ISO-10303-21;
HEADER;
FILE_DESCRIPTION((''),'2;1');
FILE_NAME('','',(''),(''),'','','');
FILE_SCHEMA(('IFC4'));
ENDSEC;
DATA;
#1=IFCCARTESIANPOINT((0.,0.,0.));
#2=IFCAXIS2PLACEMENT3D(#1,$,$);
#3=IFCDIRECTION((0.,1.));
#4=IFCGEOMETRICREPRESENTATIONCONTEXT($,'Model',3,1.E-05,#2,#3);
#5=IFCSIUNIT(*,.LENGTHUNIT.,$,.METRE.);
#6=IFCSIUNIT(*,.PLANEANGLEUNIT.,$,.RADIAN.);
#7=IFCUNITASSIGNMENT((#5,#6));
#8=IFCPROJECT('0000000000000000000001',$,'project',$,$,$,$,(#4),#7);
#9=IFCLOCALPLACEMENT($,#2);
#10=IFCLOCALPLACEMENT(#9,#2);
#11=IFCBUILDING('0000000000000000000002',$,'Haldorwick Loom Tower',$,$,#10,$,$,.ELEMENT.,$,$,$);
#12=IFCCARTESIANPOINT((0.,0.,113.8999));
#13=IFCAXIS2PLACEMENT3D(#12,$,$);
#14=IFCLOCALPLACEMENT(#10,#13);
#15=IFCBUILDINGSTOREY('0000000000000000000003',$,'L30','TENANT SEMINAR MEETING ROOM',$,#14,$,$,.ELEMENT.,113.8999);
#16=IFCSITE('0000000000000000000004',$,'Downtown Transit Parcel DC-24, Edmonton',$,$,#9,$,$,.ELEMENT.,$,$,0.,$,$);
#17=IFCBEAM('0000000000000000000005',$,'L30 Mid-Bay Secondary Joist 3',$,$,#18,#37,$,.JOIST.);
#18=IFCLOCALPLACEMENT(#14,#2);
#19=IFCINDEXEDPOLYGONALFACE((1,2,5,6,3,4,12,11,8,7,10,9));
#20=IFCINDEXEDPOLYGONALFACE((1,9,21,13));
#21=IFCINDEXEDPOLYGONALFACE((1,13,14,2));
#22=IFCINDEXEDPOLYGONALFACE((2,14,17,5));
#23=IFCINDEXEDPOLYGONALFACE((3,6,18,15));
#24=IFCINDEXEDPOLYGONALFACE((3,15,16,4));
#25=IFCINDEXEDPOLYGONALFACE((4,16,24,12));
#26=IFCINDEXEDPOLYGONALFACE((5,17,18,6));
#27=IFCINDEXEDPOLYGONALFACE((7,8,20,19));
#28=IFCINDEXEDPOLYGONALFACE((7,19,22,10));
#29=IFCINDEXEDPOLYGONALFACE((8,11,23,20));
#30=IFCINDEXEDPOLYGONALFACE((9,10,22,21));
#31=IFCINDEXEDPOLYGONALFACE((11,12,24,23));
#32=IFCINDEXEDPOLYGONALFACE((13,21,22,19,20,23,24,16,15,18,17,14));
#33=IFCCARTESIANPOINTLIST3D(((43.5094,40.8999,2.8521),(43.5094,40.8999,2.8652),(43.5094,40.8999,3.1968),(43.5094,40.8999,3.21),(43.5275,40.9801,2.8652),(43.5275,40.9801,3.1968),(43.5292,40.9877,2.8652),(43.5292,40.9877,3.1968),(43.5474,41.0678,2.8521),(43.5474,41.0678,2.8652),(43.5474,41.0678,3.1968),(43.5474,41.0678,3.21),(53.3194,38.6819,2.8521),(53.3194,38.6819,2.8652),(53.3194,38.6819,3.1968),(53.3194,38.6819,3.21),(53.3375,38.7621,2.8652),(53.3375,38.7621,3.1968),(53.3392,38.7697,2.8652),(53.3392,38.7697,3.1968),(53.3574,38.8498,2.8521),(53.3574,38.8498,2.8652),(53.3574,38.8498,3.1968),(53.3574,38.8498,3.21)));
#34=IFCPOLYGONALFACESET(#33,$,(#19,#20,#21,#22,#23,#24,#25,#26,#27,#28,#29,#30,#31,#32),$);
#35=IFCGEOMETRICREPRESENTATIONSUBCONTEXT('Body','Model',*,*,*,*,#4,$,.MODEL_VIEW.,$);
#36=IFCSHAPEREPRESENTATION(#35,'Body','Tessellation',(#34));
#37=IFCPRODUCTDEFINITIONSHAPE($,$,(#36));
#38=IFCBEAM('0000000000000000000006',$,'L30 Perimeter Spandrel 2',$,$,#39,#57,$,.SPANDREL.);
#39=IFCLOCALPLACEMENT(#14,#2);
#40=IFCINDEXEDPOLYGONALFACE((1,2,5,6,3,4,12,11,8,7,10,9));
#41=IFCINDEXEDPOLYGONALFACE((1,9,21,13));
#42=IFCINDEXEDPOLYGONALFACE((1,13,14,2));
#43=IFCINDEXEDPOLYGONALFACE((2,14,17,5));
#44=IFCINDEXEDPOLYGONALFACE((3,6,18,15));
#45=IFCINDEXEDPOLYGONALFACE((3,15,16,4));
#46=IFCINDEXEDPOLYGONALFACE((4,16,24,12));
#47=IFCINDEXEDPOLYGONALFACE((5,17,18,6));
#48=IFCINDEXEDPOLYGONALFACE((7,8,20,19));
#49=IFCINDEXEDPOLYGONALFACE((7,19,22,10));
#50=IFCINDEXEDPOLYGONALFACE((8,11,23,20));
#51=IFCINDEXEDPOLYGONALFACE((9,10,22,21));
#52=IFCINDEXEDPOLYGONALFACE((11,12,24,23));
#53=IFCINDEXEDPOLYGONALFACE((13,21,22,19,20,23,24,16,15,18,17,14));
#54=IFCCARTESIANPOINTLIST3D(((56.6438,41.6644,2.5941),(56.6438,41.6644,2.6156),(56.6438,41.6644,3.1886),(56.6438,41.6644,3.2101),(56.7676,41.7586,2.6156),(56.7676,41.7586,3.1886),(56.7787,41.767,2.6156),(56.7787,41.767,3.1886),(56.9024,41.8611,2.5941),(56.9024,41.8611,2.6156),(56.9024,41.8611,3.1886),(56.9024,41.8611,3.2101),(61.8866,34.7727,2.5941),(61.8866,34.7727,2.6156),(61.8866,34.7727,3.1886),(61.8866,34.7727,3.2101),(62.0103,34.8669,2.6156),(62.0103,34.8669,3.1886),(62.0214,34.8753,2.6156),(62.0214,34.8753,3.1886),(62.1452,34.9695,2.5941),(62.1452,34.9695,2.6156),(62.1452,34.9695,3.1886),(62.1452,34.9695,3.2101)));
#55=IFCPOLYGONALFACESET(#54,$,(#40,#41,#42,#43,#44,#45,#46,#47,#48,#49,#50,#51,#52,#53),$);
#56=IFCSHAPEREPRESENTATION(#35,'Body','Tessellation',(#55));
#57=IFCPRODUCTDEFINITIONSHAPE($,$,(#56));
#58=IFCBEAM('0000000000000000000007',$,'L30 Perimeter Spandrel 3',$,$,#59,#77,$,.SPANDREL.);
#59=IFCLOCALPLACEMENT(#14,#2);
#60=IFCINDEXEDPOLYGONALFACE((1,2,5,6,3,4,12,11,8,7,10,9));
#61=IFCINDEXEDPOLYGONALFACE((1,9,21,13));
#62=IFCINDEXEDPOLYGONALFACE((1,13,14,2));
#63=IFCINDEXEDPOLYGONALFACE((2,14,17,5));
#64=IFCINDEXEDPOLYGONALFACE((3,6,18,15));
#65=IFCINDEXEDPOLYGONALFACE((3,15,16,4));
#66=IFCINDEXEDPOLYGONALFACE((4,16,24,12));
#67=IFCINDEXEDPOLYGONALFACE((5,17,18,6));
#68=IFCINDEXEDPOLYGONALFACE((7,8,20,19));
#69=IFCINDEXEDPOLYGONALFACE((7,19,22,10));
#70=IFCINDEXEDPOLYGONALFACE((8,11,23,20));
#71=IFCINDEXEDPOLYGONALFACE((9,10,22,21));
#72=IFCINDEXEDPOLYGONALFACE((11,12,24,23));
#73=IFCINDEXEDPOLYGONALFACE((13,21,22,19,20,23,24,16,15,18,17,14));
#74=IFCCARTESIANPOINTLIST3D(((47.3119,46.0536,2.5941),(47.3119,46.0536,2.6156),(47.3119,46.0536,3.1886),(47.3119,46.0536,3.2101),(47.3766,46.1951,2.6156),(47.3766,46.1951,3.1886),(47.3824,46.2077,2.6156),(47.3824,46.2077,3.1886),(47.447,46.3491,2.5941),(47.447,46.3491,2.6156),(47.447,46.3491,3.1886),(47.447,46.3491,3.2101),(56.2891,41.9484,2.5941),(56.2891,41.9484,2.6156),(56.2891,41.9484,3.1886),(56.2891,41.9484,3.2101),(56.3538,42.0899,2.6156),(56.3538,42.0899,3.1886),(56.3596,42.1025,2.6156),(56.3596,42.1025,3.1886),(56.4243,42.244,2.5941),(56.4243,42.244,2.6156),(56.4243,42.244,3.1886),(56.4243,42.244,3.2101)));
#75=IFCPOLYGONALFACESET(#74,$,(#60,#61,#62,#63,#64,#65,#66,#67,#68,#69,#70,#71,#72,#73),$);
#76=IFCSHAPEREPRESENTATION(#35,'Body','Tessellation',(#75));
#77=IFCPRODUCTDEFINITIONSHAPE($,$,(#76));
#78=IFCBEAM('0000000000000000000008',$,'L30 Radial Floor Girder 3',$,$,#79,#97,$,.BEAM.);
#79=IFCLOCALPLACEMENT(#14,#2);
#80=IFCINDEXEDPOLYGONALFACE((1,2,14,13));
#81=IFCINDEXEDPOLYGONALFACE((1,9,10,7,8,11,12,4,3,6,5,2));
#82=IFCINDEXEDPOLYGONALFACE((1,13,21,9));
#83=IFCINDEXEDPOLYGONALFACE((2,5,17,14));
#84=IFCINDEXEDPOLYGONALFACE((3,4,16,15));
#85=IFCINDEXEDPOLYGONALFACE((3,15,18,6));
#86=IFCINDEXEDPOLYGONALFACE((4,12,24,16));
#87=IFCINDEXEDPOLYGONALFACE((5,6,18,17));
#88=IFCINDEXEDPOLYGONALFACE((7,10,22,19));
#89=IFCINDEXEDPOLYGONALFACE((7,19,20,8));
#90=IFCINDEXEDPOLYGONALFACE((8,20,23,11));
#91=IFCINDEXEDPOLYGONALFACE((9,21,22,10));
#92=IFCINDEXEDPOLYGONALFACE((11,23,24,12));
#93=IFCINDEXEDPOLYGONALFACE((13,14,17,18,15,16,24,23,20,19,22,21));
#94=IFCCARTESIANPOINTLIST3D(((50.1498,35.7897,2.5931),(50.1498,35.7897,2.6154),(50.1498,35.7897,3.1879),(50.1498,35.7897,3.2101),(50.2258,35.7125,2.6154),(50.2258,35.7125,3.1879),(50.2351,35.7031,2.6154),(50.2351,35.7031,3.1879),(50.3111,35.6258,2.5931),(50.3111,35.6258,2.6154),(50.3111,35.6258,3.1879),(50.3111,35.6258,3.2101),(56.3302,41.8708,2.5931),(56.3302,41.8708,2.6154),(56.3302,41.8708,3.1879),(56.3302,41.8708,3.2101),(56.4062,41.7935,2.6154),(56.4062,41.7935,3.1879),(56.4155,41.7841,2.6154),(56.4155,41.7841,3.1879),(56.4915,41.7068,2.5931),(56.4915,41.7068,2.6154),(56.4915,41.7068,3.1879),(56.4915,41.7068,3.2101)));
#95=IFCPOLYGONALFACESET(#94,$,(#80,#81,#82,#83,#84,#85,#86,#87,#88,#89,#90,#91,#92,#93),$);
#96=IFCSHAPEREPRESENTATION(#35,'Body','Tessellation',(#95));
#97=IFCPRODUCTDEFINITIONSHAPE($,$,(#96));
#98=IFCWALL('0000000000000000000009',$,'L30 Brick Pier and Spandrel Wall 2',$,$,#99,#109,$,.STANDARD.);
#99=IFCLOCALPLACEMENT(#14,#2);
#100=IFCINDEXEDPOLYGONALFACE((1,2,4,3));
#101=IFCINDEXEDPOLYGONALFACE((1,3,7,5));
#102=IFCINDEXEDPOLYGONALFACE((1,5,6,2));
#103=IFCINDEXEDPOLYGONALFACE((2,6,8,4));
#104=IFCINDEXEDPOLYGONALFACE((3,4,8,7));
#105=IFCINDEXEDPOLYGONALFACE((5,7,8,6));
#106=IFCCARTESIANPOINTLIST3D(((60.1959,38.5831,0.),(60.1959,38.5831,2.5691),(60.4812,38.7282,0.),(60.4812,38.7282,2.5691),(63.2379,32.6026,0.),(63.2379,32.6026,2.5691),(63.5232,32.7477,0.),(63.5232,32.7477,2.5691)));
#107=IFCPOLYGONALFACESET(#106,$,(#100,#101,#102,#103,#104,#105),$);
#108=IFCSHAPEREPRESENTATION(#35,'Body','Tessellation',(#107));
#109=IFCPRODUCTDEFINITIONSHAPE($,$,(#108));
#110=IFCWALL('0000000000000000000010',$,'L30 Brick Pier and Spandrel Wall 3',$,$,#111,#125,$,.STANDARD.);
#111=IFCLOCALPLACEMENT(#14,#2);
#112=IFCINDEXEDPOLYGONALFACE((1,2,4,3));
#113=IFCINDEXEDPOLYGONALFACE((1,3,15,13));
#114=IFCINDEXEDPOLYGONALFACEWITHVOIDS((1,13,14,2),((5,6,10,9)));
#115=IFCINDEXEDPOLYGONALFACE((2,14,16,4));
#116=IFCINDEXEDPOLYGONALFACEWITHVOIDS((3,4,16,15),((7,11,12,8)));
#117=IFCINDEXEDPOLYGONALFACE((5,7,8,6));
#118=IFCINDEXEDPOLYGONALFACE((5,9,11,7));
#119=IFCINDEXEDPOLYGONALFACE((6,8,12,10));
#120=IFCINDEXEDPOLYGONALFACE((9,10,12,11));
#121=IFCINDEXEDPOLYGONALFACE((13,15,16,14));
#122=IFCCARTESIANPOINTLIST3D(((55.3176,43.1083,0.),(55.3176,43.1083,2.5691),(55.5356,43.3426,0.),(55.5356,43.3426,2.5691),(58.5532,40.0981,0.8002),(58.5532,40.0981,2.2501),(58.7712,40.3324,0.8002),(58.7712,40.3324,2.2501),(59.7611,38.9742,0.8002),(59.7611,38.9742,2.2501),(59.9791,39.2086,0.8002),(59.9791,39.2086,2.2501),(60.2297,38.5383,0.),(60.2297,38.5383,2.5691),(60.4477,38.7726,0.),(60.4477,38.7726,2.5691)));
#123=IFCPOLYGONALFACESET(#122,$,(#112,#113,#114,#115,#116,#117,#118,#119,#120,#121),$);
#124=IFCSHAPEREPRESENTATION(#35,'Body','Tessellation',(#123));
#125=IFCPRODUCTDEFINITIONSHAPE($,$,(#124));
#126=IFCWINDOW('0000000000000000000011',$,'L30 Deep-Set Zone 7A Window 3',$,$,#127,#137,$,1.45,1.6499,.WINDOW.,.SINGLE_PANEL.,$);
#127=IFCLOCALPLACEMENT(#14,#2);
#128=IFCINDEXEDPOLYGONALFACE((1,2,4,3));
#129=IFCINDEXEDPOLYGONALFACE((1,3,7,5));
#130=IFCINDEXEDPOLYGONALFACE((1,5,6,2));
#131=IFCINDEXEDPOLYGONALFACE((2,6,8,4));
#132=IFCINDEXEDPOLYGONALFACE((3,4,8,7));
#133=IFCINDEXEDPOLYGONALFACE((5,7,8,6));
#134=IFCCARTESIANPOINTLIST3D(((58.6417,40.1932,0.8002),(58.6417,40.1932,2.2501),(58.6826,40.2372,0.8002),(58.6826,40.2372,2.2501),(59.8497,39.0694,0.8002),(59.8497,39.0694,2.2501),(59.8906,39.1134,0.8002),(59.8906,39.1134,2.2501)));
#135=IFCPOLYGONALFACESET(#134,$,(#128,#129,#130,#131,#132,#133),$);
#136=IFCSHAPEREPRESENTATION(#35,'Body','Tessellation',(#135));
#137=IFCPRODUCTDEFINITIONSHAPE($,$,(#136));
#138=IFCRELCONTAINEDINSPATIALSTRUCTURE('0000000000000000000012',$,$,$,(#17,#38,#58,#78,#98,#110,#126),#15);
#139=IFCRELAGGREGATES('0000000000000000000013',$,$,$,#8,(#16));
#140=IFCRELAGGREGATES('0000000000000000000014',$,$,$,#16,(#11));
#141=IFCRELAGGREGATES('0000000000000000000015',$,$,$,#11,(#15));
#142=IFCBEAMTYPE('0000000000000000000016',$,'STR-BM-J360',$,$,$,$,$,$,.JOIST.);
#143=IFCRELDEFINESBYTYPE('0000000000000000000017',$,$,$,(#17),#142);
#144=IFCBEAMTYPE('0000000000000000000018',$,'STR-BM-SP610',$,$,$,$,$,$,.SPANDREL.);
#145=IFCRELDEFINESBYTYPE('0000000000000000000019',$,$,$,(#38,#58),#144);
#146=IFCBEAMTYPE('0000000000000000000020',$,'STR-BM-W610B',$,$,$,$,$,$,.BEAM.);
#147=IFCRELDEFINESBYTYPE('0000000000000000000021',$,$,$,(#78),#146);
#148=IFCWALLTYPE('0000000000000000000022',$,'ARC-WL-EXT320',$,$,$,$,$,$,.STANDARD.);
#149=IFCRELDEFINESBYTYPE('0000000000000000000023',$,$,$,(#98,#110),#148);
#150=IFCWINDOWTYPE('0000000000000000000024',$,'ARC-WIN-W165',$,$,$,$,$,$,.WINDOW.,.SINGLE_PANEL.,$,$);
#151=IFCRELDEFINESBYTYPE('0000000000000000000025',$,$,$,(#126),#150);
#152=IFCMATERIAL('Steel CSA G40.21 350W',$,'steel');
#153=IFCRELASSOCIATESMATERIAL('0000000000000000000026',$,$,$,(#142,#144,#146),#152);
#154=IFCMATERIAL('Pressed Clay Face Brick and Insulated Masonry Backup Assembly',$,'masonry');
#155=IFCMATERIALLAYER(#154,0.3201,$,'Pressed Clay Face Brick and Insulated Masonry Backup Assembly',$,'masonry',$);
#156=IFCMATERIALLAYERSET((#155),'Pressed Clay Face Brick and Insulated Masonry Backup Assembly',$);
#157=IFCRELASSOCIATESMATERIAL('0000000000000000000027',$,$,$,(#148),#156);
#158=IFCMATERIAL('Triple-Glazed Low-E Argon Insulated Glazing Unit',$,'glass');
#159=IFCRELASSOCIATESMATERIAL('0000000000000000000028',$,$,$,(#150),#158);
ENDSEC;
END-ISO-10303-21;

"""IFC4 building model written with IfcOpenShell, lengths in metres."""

from ifc_helpers import new_model, si_unit, direction, frame, frame_2d, origin, origin_2d, place, context, subcontext, project, spatial, rectangle, i_section, extrude, material, layer, layer_set, material_profile, profile_set, type_object, element, fill, save


model = new_model("IFC4")

# Units and contexts
model_context = context("Model", 3, precision=1e-05, world=origin(), true_north=direction((0.0, 1.0)))
body_context = subcontext(model_context, "Body", "Model", "MODEL_VIEW")
ifc_project = project(units=[si_unit("LENGTHUNIT", "METRE"), si_unit("PLANEANGLEUNIT", "RADIAN")], contexts=[model_context])

# Site, building, storey
site_placement = place(None, origin())
site = spatial("IfcSite", under=ifc_project, at=site_placement, Name="Downtown Transit Parcel DC-24, Edmonton", CompositionType="ELEMENT", RefElevation=0.0)
building_placement = place(site_placement, origin())
building = spatial("IfcBuilding", under=site, at=building_placement, Name="Haldorwick Loom Tower", CompositionType="ELEMENT")
storey_placement = place(building_placement, frame((0.0, 0.0, 113.8999)))
storey = spatial("IfcBuildingStorey", under=building, at=storey_placement, Name="L30", Description="TENANT SEMINAR MEETING ROOM", CompositionType="ELEMENT", Elevation=113.8999)

# Beams
ifc_material_1 = material(Name="Steel CSA G40.21 350W", Category="steel")
ifc_material_profile_1 = material_profile(ifc_material_1, i_section(OverallWidth=0.1721, OverallDepth=0.3579, WebThickness=0.0078, FlangeThickness=0.0132, at=origin_2d()), Name="W360X57", Category="steel")
ifc_profile_set_1 = profile_set([ifc_material_profile_1], Name="Steel CSA G40.21 350W")
beam_type_1 = type_object("IfcBeamType", Name="STR-BM-J360", PredefinedType="JOIST", material=ifc_profile_set_1)
beam_1_placement = place(storey_placement, frame((53.3384, 38.7659, 3.031), z_axis=(-0.97538, 0.22053, 0.0), x_axis=(-0.22053, -0.97538, 0.0)))
element("IfcBeam", 1, at=beam_1_placement, inside=storey, type_object=beam_type_1, Name="L30 Mid-Bay Secondary Joist 3", PredefinedType="JOIST", context=body_context, shape_type="SweptSolid", body=[
    extrude(i_section(OverallWidth=0.1721, OverallDepth=0.3579, WebThickness=0.0078, FlangeThickness=0.0132, at=origin_2d()), origin(), (0.0, 0.0, 1.0), 10.0576),
])
ifc_material_profile_2 = material_profile(ifc_material_1, i_section(OverallWidth=0.325, OverallDepth=0.616, WebThickness=0.0139, FlangeThickness=0.0215, at=origin_2d()), Name="W610X174", Category="steel")
ifc_profile_set_2 = profile_set([ifc_material_profile_2], Name="Steel CSA G40.21 350W")
beam_type_2 = type_object("IfcBeamType", Name="STR-BM-SP610", PredefinedType="SPANDREL", material=ifc_profile_set_2)
beam_2_placement = place(storey_placement, frame((62.0159, 34.8711, 2.9021), z_axis=(-0.605454, 0.795881, 0.0), x_axis=(-0.795881, -0.605454, 0.0)))
element("IfcBeam", 2, at=beam_2_placement, inside=storey, type_object=beam_type_2, Name="L30 Perimeter Spandrel 2", PredefinedType="SPANDREL", context=body_context, shape_type="SweptSolid", body=[
    extrude(i_section(OverallWidth=0.325, OverallDepth=0.616, WebThickness=0.0139, FlangeThickness=0.0215, at=origin_2d()), origin(), (0.0, 0.0, 1.0), 8.6592),
])
beam_3_placement = place(storey_placement, frame((56.3567, 42.0962, 2.9021), z_axis=(-0.909424, 0.41587, 0.0), x_axis=(-0.41587, -0.909424, 0.0)))
element("IfcBeam", 3, at=beam_3_placement, inside=storey, type_object=beam_type_2, Name="L30 Perimeter Spandrel 3", PredefinedType="SPANDREL", context=body_context, shape_type="SweptSolid", body=[
    extrude(i_section(OverallWidth=0.325, OverallDepth=0.616, WebThickness=0.0139, FlangeThickness=0.0215, at=origin_2d()), origin(), (0.0, 0.0, 1.0), 9.8713),
])
ifc_material_profile_3 = material_profile(ifc_material_1, i_section(OverallWidth=0.23, OverallDepth=0.6169, WebThickness=0.0132, FlangeThickness=0.0222, at=origin_2d()), Name="W610X140", Category="steel")
ifc_profile_set_3 = profile_set([ifc_material_profile_3], Name="Steel CSA G40.21 350W")
beam_type_3 = type_object("IfcBeamType", Name="STR-BM-W610B", PredefinedType="BEAM", material=ifc_profile_set_3)
beam_4_placement = place(storey_placement, frame((50.2305, 35.7078, 2.9016), z_axis=(0.712814, 0.701353, 0.0), x_axis=(-0.701353, 0.712814, 0.0)))
element("IfcBeam", 4, at=beam_4_placement, inside=storey, type_object=beam_type_3, Name="L30 Radial Floor Girder 3", PredefinedType="BEAM", context=body_context, shape_type="SweptSolid", body=[
    extrude(i_section(OverallWidth=0.23, OverallDepth=0.6169, WebThickness=0.0132, FlangeThickness=0.0222, at=origin_2d()), origin(), (0.0, 0.0, 1.0), 8.6704),
])

# Wall
ifc_material_2 = material(Name="Pressed Clay Face Brick and Insulated Masonry Backup Assembly", Category="masonry")
ifc_layer_1 = layer(ifc_material_2, 0.3201, Name="Pressed Clay Face Brick and Insulated Masonry Backup Assembly", Category="masonry")
ifc_layer_set_1 = layer_set([ifc_layer_1], Name="Pressed Clay Face Brick and Insulated Masonry Backup Assembly")
wall_type_1 = type_object("IfcWallType", Name="ARC-WL-EXT320", PredefinedType="STANDARD", material=ifc_layer_set_1)
wall_1_placement = place(storey_placement, frame((63.3806, 32.675, 0.0), z_axis=(0.0, 0.0, 1.0), x_axis=(-0.453374, 0.89132, 0.0)))
element("IfcWall", 5, at=wall_1_placement, inside=storey, type_object=wall_type_1, Name="L30 Brick Pier and Spandrel Wall 2", PredefinedType="STANDARD", context=body_context, shape_type="SweptSolid", body=[
    extrude(rectangle(XDim=6.7097, YDim=0.3201, at=frame_2d((3.355, 0.0))), origin(), (0.0, 0.0, 1.0), 2.5691),
])

# Wall, opening, window
wall_2_placement = place(storey_placement, frame((60.3386, 38.6555, 0.0), z_axis=(0.0, 0.0, 1.0), x_axis=(-0.732137, 0.681157, 0.0)))
wall_2 = element("IfcWall", 6, at=wall_2_placement, inside=storey, type_object=wall_type_1, Name="L30 Brick Pier and Spandrel Wall 3", PredefinedType="STANDARD", context=body_context, shape_type="SweptSolid", body=[
    extrude(rectangle(XDim=6.7092, YDim=0.3201, at=frame_2d((3.3545, 0.0))), origin(), (0.0, 0.0, 1.0), 2.5691),
])
opening_1_placement = place(wall_2_placement, frame((0.6399, 0.0, 0.8)))
opening_1 = element("IfcOpeningElement", 7, at=opening_1_placement, cuts=wall_2, PredefinedType="OPENING", context=body_context, shape_type="SweptSolid", body=[
    extrude(rectangle(XDim=1.6499, YDim=1.45, at=frame_2d((0.825, 0.7251))), frame((0.0, 0.1699, 0.0), z_axis=(0.0, -1.0, 0.0), x_axis=(1.0, 0.0, 0.0)), (0.0, 0.0, 1.0), 0.3401),
])
ifc_material_3 = material(Name="Triple-Glazed Low-E Argon Insulated Glazing Unit", Category="glass")
window_type = type_object("IfcWindowType", Name="ARC-WIN-W165", PartitioningType="SINGLE_PANEL", PredefinedType="WINDOW", material=ifc_material_3)
window_1_placement = place(opening_1_placement, origin())
window_1 = element("IfcWindow", 8, at=window_1_placement, inside=storey, type_object=window_type, Name="L30 Deep-Set Zone 7A Window 3", OverallHeight=1.45, OverallWidth=1.6499, PartitioningType="SINGLE_PANEL", PredefinedType="WINDOW", context=body_context, shape_type="SweptSolid", body=[
    extrude(rectangle(XDim=1.6499, YDim=1.45, at=frame_2d((0.825, 0.7251))), frame((0.0, 0.03, 0.0), z_axis=(0.0, -1.0, 0.0), x_axis=(1.0, 0.0, 0.0)), (0.0, 0.0, 1.0), 0.0601),
])
fill(opening_1, window_1)

save(model, "model.ifc")
